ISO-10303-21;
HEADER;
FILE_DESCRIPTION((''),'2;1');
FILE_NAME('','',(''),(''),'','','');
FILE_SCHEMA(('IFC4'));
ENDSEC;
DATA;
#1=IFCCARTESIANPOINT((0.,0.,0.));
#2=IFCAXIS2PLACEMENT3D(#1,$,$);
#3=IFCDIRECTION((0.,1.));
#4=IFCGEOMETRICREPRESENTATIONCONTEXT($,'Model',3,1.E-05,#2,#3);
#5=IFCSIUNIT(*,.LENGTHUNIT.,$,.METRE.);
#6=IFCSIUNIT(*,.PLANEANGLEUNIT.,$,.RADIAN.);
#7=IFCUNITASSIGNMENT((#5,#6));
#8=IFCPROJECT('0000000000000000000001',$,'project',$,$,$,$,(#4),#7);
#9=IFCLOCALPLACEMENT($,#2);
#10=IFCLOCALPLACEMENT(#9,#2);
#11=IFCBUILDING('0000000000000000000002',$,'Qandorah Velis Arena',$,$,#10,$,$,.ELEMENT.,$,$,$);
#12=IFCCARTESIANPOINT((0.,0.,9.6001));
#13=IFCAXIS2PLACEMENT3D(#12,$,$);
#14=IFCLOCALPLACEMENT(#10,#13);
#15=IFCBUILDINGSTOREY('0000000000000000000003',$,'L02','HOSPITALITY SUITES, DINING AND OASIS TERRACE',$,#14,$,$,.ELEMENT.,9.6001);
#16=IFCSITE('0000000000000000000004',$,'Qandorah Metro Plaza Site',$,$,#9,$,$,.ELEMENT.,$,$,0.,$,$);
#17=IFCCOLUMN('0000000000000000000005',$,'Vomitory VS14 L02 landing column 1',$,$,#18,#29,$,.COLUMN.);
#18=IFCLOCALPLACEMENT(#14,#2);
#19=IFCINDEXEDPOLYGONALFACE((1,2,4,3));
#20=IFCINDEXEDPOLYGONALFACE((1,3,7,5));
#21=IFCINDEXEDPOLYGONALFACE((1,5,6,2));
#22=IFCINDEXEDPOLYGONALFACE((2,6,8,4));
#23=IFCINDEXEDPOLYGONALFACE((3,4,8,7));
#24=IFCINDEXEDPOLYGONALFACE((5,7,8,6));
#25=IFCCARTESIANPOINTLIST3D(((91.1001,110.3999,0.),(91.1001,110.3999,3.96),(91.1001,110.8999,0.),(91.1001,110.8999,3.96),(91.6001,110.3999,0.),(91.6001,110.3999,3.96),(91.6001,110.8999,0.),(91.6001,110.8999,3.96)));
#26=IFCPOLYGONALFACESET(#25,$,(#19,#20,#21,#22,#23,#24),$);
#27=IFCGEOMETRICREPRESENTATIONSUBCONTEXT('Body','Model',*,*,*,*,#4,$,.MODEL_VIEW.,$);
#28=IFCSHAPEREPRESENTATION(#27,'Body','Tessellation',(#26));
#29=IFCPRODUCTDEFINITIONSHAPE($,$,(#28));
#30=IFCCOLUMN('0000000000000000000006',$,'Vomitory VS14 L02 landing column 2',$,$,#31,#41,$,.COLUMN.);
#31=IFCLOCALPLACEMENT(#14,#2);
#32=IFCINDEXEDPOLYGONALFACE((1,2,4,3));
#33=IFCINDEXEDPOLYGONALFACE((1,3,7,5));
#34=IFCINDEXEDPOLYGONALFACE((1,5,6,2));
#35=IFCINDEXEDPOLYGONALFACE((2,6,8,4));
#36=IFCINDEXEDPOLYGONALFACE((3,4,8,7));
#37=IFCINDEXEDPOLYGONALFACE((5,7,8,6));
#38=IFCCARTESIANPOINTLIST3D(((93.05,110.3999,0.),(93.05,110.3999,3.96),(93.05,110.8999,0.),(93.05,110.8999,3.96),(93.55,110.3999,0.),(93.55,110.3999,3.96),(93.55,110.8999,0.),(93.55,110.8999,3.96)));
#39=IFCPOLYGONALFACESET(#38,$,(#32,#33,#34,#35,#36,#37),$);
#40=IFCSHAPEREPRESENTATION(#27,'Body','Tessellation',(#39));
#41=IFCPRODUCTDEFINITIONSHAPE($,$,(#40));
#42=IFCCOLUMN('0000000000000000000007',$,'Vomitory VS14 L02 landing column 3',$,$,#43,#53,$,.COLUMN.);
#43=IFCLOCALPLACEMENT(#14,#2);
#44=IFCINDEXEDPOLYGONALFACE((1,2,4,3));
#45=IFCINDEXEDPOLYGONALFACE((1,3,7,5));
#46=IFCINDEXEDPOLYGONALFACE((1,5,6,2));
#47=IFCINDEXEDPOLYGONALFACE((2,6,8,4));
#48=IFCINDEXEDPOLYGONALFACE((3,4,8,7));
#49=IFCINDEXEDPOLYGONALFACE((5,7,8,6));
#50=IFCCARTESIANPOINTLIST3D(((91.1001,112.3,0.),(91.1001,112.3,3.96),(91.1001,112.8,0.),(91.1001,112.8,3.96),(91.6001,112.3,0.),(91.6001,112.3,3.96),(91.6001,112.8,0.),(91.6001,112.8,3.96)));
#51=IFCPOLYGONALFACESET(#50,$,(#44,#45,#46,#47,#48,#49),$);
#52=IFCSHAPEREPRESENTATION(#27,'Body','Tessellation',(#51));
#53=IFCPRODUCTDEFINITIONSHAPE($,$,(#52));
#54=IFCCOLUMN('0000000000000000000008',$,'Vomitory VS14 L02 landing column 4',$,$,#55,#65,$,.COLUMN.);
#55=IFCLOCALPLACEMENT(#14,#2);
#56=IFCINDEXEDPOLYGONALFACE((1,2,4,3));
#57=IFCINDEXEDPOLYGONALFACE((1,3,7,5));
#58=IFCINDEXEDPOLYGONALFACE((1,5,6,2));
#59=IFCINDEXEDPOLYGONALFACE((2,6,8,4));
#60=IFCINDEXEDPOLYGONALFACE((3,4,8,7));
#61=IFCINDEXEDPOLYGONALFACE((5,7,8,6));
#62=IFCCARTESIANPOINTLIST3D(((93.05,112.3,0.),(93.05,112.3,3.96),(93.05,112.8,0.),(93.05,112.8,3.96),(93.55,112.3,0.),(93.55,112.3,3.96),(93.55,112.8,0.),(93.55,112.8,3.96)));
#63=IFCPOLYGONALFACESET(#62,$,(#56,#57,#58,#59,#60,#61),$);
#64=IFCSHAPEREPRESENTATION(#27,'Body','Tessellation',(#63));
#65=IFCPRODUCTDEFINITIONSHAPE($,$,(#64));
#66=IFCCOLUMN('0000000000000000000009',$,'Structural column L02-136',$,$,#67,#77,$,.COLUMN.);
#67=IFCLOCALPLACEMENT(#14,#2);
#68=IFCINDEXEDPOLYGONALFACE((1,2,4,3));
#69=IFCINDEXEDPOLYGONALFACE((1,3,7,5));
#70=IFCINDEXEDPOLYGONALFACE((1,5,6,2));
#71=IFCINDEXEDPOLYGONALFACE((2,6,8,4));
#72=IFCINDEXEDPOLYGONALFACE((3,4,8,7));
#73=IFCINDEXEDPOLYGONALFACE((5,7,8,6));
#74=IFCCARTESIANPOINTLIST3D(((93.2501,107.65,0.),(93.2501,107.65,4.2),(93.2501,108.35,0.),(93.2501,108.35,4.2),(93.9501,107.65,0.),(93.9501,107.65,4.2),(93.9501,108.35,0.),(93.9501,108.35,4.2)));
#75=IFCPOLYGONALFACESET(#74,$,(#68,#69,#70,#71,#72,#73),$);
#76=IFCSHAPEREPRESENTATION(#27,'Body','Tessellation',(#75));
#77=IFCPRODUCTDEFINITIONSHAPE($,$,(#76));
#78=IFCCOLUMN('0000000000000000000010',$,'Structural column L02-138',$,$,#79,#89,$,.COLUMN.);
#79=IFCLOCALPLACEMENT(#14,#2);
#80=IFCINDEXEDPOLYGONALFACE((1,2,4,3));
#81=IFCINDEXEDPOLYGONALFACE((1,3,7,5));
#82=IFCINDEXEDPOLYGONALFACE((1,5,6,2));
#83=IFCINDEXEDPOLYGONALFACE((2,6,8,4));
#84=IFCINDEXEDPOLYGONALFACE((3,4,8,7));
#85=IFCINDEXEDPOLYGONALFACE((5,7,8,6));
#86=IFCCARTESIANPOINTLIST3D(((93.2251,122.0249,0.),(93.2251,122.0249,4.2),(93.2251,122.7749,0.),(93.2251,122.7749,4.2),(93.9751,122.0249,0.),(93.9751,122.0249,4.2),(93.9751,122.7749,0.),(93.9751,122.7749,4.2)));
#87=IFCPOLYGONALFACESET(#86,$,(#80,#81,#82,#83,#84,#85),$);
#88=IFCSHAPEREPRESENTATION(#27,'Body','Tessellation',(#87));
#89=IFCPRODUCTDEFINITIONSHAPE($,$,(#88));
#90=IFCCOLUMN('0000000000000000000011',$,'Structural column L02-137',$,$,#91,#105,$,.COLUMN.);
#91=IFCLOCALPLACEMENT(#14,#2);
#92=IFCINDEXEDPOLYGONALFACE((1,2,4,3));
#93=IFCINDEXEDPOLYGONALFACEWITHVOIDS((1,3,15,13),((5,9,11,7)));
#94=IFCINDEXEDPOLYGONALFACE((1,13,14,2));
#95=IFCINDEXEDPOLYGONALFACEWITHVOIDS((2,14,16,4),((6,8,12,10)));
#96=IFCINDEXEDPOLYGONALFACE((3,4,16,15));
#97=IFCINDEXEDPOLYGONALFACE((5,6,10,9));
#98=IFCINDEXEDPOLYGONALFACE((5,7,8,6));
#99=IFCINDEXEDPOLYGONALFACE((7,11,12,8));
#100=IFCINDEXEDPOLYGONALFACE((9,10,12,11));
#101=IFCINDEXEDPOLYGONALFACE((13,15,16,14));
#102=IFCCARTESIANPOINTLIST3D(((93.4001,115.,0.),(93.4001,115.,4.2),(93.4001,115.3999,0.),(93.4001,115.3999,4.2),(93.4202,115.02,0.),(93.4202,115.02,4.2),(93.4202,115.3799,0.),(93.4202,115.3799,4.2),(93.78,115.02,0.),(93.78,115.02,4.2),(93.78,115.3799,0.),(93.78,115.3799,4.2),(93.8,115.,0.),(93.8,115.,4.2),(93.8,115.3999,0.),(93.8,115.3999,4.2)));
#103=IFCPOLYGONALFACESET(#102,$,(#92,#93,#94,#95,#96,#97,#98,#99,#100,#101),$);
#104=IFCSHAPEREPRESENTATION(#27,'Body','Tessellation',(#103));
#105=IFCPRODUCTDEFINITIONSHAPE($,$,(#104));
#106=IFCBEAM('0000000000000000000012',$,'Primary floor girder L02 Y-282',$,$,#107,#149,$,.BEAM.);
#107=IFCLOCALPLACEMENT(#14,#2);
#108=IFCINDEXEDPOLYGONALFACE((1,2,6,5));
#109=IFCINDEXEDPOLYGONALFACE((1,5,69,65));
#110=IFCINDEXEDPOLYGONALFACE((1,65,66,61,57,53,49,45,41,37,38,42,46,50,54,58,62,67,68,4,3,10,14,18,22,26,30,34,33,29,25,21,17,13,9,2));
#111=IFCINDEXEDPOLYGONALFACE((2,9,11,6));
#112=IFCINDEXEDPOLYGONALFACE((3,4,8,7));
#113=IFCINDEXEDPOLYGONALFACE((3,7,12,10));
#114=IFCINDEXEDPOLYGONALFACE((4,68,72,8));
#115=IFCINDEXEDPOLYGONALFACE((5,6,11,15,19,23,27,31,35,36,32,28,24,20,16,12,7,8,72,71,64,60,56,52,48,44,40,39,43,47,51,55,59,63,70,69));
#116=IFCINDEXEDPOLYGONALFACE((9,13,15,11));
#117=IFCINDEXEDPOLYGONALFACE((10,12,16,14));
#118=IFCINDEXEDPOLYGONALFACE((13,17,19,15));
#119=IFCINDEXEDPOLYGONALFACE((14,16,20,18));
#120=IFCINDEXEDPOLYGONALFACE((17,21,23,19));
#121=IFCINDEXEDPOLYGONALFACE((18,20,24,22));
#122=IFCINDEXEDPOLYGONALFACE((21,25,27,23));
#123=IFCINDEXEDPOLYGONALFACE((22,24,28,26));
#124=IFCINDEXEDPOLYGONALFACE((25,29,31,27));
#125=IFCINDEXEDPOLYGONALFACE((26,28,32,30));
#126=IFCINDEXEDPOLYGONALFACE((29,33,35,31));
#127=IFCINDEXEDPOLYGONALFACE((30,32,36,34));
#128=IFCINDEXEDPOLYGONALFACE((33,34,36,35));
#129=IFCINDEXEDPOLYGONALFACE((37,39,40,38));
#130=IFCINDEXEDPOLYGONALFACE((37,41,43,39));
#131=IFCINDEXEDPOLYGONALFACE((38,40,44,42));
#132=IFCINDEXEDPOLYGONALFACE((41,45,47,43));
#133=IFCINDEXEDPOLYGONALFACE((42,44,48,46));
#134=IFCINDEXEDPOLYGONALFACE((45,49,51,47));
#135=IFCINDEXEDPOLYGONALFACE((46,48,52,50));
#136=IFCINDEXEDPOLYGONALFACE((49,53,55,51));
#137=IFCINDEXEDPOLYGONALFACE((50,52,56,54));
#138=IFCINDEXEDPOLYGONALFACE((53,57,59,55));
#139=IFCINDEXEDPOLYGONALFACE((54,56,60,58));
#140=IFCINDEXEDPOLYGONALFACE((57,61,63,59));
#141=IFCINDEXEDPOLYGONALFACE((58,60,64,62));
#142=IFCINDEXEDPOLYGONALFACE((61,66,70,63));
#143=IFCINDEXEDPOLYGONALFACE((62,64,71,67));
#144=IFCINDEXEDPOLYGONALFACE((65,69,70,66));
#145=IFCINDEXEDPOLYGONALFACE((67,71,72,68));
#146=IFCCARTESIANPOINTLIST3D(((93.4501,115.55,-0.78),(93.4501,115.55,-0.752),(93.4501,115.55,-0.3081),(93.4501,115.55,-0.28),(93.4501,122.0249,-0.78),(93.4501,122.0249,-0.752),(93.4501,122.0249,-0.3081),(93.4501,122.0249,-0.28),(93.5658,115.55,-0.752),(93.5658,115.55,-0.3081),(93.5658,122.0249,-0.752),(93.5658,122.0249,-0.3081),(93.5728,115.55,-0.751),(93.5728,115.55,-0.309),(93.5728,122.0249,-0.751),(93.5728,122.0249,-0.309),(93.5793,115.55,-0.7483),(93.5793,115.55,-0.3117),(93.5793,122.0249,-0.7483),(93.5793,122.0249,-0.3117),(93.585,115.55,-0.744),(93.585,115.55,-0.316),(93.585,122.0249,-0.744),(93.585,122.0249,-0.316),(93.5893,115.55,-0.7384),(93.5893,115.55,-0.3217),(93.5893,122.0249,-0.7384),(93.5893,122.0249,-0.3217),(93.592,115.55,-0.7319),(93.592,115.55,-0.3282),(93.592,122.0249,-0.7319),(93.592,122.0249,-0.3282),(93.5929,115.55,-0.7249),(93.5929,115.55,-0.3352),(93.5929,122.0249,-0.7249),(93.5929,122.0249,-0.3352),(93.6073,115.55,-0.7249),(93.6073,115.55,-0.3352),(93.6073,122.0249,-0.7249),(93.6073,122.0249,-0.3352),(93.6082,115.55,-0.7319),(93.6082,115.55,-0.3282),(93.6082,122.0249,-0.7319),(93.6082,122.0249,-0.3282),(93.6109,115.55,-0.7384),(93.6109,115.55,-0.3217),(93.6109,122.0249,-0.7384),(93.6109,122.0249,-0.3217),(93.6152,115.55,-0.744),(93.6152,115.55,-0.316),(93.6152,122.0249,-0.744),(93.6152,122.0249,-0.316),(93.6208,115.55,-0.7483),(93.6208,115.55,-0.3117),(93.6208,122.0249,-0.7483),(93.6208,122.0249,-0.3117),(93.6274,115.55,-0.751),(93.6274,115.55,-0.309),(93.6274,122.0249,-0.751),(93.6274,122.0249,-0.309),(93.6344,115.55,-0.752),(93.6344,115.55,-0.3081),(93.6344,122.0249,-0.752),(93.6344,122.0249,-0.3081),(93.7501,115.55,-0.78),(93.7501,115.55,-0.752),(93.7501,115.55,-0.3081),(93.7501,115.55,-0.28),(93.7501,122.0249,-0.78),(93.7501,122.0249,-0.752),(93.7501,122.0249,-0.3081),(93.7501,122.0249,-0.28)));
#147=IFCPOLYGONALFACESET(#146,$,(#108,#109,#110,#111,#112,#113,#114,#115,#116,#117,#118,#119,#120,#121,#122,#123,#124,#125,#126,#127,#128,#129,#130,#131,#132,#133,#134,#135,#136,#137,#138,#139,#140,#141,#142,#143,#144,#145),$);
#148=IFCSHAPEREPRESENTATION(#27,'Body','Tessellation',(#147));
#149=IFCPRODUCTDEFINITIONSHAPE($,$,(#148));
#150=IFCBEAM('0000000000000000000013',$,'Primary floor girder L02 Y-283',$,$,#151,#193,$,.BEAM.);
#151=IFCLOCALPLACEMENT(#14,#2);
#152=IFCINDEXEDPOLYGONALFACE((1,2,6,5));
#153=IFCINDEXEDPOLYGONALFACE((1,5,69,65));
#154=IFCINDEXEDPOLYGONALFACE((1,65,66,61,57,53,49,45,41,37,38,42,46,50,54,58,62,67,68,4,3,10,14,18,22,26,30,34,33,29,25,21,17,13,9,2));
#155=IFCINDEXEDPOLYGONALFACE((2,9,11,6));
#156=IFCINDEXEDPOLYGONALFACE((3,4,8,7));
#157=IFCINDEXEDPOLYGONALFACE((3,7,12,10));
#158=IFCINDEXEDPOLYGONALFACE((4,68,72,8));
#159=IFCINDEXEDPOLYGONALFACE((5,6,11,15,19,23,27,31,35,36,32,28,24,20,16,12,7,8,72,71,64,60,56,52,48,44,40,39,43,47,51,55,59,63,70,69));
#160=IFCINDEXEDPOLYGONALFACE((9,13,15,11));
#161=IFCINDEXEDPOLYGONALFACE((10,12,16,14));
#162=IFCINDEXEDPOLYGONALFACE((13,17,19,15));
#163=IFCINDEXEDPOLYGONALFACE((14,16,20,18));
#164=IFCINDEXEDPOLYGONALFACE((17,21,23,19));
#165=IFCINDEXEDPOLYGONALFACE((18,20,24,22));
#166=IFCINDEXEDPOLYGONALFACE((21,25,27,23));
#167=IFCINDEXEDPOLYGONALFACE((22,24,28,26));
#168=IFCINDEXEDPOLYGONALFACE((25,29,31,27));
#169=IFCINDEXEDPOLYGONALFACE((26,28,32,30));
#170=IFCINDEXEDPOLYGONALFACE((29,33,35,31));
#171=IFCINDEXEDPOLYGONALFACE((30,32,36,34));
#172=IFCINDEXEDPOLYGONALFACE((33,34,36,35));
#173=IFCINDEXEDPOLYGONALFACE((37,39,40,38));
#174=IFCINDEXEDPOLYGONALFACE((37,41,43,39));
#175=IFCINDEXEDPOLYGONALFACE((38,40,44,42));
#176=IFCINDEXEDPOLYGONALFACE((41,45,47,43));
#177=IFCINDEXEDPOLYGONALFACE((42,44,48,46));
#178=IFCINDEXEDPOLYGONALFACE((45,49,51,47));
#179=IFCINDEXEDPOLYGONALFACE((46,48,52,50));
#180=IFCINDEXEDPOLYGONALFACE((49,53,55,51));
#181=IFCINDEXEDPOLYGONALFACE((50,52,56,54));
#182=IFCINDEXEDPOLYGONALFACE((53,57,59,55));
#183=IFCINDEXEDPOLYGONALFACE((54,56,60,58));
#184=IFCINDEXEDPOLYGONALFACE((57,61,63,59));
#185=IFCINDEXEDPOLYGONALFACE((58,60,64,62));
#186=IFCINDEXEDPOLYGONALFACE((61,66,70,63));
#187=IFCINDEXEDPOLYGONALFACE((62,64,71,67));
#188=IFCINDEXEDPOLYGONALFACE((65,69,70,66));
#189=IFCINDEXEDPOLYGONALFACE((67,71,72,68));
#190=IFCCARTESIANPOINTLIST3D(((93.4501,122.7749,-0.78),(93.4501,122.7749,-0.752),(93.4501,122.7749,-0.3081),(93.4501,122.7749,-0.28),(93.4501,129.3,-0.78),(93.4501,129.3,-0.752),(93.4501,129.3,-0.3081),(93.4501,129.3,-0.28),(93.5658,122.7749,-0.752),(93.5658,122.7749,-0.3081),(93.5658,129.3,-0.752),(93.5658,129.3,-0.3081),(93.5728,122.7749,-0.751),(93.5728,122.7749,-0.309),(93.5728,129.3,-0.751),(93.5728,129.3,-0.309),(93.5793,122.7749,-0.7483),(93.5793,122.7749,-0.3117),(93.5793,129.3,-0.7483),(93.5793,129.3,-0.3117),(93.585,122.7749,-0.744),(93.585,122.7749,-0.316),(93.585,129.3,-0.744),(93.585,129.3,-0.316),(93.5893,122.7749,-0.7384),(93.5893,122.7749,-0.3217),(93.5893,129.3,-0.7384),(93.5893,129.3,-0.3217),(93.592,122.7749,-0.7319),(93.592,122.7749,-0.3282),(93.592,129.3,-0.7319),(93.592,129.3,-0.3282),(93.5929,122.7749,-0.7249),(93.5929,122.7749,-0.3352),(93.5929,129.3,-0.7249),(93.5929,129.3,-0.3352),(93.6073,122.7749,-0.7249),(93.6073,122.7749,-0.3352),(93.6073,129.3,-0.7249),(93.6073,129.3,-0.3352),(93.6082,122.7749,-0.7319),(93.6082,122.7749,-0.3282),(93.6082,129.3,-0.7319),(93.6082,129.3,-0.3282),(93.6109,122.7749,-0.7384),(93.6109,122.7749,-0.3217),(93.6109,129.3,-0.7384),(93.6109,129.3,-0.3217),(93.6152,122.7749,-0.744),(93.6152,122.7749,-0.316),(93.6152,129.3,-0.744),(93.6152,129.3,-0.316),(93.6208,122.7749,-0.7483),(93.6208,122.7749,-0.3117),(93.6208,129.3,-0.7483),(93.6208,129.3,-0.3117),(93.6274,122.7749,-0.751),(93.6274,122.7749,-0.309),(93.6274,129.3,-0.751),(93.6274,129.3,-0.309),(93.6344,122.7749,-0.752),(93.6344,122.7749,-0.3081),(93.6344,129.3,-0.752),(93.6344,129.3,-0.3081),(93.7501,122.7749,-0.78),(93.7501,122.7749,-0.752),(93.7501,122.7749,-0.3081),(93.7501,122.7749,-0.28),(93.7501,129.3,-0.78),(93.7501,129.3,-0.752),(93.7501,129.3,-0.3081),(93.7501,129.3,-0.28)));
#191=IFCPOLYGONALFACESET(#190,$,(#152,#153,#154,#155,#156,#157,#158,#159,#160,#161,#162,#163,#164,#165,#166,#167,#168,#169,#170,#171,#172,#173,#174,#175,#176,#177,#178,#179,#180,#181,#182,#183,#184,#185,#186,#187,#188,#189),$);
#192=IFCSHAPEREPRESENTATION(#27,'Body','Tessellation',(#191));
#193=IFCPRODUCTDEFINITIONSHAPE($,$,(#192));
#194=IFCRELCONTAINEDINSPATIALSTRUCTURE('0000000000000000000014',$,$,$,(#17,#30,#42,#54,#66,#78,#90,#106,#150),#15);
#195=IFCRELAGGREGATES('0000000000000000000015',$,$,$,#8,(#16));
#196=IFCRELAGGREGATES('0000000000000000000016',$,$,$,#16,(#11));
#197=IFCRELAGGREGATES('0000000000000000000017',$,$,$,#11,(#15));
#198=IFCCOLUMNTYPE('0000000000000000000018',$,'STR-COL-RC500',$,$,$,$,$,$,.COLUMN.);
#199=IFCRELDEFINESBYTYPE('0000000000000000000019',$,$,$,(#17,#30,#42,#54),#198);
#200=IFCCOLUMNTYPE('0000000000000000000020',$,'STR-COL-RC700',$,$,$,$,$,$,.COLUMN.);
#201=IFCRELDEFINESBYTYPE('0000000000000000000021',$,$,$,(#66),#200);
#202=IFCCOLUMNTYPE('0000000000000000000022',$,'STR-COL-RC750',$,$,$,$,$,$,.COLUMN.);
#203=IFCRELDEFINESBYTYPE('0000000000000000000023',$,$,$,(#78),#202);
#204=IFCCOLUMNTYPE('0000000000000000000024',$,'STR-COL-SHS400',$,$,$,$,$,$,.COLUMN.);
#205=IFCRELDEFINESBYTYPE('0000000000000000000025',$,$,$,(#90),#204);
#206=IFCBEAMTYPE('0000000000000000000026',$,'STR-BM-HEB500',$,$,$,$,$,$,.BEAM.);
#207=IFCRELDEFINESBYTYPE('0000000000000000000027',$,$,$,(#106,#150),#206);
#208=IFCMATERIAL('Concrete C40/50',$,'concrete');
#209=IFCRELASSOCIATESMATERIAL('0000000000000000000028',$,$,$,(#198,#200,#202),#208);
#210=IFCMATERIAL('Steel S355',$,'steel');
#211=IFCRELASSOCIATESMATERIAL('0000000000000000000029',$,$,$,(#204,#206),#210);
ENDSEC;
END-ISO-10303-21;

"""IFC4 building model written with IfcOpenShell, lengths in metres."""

from ifc_helpers import new_model, si_unit, direction, frame, origin, origin_2d, place, context, subcontext, project, spatial, rectangle, hollow_rectangle, i_section, extrude, material, material_profile, profile_set, type_object, element, save


model = new_model("IFC4")

# Units and contexts
model_context = context("Model", 3, precision=1e-05, world=origin(), true_north=direction((0.0, 1.0)))
body_context = subcontext(model_context, "Body", "Model", "MODEL_VIEW")
ifc_project = project(units=[si_unit("LENGTHUNIT", "METRE"), si_unit("PLANEANGLEUNIT", "RADIAN")], contexts=[model_context])

# Site, building, storey
site_placement = place(None, origin())
site = spatial("IfcSite", under=ifc_project, at=site_placement, Name="Qandorah Metro Plaza Site", CompositionType="ELEMENT", RefElevation=0.0)
building_placement = place(site_placement, origin())
building = spatial("IfcBuilding", under=site, at=building_placement, Name="Qandorah Velis Arena", CompositionType="ELEMENT")
storey_placement = place(building_placement, frame((0.0, 0.0, 9.6001)))
storey = spatial("IfcBuildingStorey", under=building, at=storey_placement, Name="L02", Description="HOSPITALITY SUITES, DINING AND OASIS TERRACE", CompositionType="ELEMENT", Elevation=9.6001)

# Columns
ifc_material_1 = material(Name="Concrete C40/50", Category="concrete")
ifc_material_profile_1 = material_profile(ifc_material_1, rectangle(XDim=0.5, YDim=0.5, at=origin_2d()), Name="RC COL 500x500")
ifc_profile_set_1 = profile_set([ifc_material_profile_1], Name="Concrete C40/50")
column_type_1 = type_object("IfcColumnType", Name="STR-COL-RC500", PredefinedType="COLUMN", material=ifc_profile_set_1)
for number, where, z_axis, x_axis, name in (
    (1, (91.3501, 110.6499, 0.0), (0.0, 0.0, 1.0), (1.0, 0.0, 0.0), "Vomitory VS14 L02 landing column 1"),
    (2, (93.3, 110.6499, 0.0), (0.0, 0.0, 1.0), (1.0, 0.0, 0.0), "Vomitory VS14 L02 landing column 2"),
    (3, (91.3501, 112.55, 0.0), (0.0, 0.0, 1.0), (1.0, 0.0, 0.0), "Vomitory VS14 L02 landing column 3"),
    (4, (93.3, 112.55, 0.0), (0.0, 0.0, 1.0), (1.0, 0.0, 0.0), "Vomitory VS14 L02 landing column 4"),
):
    element("IfcColumn", number, at=place(storey_placement, frame(where, z_axis=z_axis, x_axis=x_axis)), inside=storey, type_object=column_type_1, Name=name, PredefinedType="COLUMN", context=body_context, shape_type="SweptSolid", body=[
        extrude(rectangle(XDim=0.5, YDim=0.5, at=origin_2d()), origin(), (0.0, 0.0, 1.0), 3.96),
    ])
ifc_material_profile_2 = material_profile(ifc_material_1, rectangle(XDim=0.7, YDim=0.7, at=origin_2d()), Name="RC COL 700x700")
ifc_profile_set_2 = profile_set([ifc_material_profile_2], Name="Concrete C40/50")
column_type_2 = type_object("IfcColumnType", Name="STR-COL-RC700", PredefinedType="COLUMN", material=ifc_profile_set_2)
column_1_placement = place(storey_placement, frame((93.6001, 108.0, 0.0), z_axis=(0.0, 0.0, 1.0), x_axis=(1.0, 0.0, 0.0)))
element("IfcColumn", 5, at=column_1_placement, inside=storey, type_object=column_type_2, Name="Structural column L02-136", PredefinedType="COLUMN", context=body_context, shape_type="SweptSolid", body=[
    extrude(rectangle(XDim=0.7, YDim=0.7, at=origin_2d()), origin(), (0.0, 0.0, 1.0), 4.2),
])
ifc_material_profile_3 = material_profile(ifc_material_1, rectangle(XDim=0.75, YDim=0.75, at=origin_2d()), Name="RC COL 750x750")
ifc_profile_set_3 = profile_set([ifc_material_profile_3], Name="Concrete C40/50")
column_type_3 = type_object("IfcColumnType", Name="STR-COL-RC750", PredefinedType="COLUMN", material=ifc_profile_set_3)
column_2_placement = place(storey_placement, frame((93.6001, 122.3999, 0.0), z_axis=(0.0, 0.0, 1.0), x_axis=(1.0, 0.0, 0.0)))
element("IfcColumn", 6, at=column_2_placement, inside=storey, type_object=column_type_3, Name="Structural column L02-138", PredefinedType="COLUMN", context=body_context, shape_type="SweptSolid", body=[
    extrude(rectangle(XDim=0.75, YDim=0.75, at=origin_2d()), origin(), (0.0, 0.0, 1.0), 4.2),
])
ifc_material_2 = material(Name="Steel S355", Category="steel")
ifc_material_profile_4 = material_profile(ifc_material_2, hollow_rectangle(XDim=0.3999, YDim=0.3999, WallThickness=0.02, at=origin_2d()), Name="SHS 400x400x20")
ifc_profile_set_4 = profile_set([ifc_material_profile_4], Name="Steel S355")
column_type_4 = type_object("IfcColumnType", Name="STR-COL-SHS400", PredefinedType="COLUMN", material=ifc_profile_set_4)
column_3_placement = place(storey_placement, frame((93.6001, 115.2, 0.0), z_axis=(0.0, 0.0, 1.0), x_axis=(1.0, 0.0, 0.0)))
element("IfcColumn", 7, at=column_3_placement, inside=storey, type_object=column_type_4, Name="Structural column L02-137", PredefinedType="COLUMN", context=body_context, shape_type="SweptSolid", body=[
    extrude(hollow_rectangle(XDim=0.3999, YDim=0.3999, WallThickness=0.02, at=origin_2d()), origin(), (0.0, 0.0, 1.0), 4.2),
])

# Beams
ifc_material_profile_5 = material_profile(ifc_material_2, i_section(OverallWidth=0.3, OverallDepth=0.5, WebThickness=0.0144, FlangeThickness=0.0281, FilletRadius=0.0271, at=origin_2d()), Name="HEB 500")
ifc_profile_set_5 = profile_set([ifc_material_profile_5], Name="Steel S355")
beam_type_1 = type_object("IfcBeamType", Name="STR-BM-HEB500", PredefinedType="BEAM", material=ifc_profile_set_5)
beam_1_placement = place(storey_placement, frame((93.6001, 115.55, -0.53), z_axis=(0.0, 1.0, 0.0), x_axis=(-1.0, 0.0, 0.0)))
element("IfcBeam", 8, at=beam_1_placement, inside=storey, type_object=beam_type_1, Name="Primary floor girder L02 Y-282", PredefinedType="BEAM", context=body_context, shape_type="SweptSolid", body=[
    extrude(i_section(OverallWidth=0.3, OverallDepth=0.5, WebThickness=0.0144, FlangeThickness=0.0281, FilletRadius=0.0271, at=origin_2d()), origin(), (0.0, 0.0, 1.0), 6.4749),
])
beam_2_placement = place(storey_placement, frame((93.6001, 122.7749, -0.53), z_axis=(0.0, 1.0, 0.0), x_axis=(-1.0, 0.0, 0.0)))
element("IfcBeam", 9, at=beam_2_placement, inside=storey, type_object=beam_type_1, Name="Primary floor girder L02 Y-283", PredefinedType="BEAM", context=body_context, shape_type="SweptSolid", body=[
    extrude(i_section(OverallWidth=0.3, OverallDepth=0.5, WebThickness=0.0144, FlangeThickness=0.0281, FilletRadius=0.0271, at=origin_2d()), origin(), (0.0, 0.0, 1.0), 6.5251),
])

save(model, "model.ifc")
